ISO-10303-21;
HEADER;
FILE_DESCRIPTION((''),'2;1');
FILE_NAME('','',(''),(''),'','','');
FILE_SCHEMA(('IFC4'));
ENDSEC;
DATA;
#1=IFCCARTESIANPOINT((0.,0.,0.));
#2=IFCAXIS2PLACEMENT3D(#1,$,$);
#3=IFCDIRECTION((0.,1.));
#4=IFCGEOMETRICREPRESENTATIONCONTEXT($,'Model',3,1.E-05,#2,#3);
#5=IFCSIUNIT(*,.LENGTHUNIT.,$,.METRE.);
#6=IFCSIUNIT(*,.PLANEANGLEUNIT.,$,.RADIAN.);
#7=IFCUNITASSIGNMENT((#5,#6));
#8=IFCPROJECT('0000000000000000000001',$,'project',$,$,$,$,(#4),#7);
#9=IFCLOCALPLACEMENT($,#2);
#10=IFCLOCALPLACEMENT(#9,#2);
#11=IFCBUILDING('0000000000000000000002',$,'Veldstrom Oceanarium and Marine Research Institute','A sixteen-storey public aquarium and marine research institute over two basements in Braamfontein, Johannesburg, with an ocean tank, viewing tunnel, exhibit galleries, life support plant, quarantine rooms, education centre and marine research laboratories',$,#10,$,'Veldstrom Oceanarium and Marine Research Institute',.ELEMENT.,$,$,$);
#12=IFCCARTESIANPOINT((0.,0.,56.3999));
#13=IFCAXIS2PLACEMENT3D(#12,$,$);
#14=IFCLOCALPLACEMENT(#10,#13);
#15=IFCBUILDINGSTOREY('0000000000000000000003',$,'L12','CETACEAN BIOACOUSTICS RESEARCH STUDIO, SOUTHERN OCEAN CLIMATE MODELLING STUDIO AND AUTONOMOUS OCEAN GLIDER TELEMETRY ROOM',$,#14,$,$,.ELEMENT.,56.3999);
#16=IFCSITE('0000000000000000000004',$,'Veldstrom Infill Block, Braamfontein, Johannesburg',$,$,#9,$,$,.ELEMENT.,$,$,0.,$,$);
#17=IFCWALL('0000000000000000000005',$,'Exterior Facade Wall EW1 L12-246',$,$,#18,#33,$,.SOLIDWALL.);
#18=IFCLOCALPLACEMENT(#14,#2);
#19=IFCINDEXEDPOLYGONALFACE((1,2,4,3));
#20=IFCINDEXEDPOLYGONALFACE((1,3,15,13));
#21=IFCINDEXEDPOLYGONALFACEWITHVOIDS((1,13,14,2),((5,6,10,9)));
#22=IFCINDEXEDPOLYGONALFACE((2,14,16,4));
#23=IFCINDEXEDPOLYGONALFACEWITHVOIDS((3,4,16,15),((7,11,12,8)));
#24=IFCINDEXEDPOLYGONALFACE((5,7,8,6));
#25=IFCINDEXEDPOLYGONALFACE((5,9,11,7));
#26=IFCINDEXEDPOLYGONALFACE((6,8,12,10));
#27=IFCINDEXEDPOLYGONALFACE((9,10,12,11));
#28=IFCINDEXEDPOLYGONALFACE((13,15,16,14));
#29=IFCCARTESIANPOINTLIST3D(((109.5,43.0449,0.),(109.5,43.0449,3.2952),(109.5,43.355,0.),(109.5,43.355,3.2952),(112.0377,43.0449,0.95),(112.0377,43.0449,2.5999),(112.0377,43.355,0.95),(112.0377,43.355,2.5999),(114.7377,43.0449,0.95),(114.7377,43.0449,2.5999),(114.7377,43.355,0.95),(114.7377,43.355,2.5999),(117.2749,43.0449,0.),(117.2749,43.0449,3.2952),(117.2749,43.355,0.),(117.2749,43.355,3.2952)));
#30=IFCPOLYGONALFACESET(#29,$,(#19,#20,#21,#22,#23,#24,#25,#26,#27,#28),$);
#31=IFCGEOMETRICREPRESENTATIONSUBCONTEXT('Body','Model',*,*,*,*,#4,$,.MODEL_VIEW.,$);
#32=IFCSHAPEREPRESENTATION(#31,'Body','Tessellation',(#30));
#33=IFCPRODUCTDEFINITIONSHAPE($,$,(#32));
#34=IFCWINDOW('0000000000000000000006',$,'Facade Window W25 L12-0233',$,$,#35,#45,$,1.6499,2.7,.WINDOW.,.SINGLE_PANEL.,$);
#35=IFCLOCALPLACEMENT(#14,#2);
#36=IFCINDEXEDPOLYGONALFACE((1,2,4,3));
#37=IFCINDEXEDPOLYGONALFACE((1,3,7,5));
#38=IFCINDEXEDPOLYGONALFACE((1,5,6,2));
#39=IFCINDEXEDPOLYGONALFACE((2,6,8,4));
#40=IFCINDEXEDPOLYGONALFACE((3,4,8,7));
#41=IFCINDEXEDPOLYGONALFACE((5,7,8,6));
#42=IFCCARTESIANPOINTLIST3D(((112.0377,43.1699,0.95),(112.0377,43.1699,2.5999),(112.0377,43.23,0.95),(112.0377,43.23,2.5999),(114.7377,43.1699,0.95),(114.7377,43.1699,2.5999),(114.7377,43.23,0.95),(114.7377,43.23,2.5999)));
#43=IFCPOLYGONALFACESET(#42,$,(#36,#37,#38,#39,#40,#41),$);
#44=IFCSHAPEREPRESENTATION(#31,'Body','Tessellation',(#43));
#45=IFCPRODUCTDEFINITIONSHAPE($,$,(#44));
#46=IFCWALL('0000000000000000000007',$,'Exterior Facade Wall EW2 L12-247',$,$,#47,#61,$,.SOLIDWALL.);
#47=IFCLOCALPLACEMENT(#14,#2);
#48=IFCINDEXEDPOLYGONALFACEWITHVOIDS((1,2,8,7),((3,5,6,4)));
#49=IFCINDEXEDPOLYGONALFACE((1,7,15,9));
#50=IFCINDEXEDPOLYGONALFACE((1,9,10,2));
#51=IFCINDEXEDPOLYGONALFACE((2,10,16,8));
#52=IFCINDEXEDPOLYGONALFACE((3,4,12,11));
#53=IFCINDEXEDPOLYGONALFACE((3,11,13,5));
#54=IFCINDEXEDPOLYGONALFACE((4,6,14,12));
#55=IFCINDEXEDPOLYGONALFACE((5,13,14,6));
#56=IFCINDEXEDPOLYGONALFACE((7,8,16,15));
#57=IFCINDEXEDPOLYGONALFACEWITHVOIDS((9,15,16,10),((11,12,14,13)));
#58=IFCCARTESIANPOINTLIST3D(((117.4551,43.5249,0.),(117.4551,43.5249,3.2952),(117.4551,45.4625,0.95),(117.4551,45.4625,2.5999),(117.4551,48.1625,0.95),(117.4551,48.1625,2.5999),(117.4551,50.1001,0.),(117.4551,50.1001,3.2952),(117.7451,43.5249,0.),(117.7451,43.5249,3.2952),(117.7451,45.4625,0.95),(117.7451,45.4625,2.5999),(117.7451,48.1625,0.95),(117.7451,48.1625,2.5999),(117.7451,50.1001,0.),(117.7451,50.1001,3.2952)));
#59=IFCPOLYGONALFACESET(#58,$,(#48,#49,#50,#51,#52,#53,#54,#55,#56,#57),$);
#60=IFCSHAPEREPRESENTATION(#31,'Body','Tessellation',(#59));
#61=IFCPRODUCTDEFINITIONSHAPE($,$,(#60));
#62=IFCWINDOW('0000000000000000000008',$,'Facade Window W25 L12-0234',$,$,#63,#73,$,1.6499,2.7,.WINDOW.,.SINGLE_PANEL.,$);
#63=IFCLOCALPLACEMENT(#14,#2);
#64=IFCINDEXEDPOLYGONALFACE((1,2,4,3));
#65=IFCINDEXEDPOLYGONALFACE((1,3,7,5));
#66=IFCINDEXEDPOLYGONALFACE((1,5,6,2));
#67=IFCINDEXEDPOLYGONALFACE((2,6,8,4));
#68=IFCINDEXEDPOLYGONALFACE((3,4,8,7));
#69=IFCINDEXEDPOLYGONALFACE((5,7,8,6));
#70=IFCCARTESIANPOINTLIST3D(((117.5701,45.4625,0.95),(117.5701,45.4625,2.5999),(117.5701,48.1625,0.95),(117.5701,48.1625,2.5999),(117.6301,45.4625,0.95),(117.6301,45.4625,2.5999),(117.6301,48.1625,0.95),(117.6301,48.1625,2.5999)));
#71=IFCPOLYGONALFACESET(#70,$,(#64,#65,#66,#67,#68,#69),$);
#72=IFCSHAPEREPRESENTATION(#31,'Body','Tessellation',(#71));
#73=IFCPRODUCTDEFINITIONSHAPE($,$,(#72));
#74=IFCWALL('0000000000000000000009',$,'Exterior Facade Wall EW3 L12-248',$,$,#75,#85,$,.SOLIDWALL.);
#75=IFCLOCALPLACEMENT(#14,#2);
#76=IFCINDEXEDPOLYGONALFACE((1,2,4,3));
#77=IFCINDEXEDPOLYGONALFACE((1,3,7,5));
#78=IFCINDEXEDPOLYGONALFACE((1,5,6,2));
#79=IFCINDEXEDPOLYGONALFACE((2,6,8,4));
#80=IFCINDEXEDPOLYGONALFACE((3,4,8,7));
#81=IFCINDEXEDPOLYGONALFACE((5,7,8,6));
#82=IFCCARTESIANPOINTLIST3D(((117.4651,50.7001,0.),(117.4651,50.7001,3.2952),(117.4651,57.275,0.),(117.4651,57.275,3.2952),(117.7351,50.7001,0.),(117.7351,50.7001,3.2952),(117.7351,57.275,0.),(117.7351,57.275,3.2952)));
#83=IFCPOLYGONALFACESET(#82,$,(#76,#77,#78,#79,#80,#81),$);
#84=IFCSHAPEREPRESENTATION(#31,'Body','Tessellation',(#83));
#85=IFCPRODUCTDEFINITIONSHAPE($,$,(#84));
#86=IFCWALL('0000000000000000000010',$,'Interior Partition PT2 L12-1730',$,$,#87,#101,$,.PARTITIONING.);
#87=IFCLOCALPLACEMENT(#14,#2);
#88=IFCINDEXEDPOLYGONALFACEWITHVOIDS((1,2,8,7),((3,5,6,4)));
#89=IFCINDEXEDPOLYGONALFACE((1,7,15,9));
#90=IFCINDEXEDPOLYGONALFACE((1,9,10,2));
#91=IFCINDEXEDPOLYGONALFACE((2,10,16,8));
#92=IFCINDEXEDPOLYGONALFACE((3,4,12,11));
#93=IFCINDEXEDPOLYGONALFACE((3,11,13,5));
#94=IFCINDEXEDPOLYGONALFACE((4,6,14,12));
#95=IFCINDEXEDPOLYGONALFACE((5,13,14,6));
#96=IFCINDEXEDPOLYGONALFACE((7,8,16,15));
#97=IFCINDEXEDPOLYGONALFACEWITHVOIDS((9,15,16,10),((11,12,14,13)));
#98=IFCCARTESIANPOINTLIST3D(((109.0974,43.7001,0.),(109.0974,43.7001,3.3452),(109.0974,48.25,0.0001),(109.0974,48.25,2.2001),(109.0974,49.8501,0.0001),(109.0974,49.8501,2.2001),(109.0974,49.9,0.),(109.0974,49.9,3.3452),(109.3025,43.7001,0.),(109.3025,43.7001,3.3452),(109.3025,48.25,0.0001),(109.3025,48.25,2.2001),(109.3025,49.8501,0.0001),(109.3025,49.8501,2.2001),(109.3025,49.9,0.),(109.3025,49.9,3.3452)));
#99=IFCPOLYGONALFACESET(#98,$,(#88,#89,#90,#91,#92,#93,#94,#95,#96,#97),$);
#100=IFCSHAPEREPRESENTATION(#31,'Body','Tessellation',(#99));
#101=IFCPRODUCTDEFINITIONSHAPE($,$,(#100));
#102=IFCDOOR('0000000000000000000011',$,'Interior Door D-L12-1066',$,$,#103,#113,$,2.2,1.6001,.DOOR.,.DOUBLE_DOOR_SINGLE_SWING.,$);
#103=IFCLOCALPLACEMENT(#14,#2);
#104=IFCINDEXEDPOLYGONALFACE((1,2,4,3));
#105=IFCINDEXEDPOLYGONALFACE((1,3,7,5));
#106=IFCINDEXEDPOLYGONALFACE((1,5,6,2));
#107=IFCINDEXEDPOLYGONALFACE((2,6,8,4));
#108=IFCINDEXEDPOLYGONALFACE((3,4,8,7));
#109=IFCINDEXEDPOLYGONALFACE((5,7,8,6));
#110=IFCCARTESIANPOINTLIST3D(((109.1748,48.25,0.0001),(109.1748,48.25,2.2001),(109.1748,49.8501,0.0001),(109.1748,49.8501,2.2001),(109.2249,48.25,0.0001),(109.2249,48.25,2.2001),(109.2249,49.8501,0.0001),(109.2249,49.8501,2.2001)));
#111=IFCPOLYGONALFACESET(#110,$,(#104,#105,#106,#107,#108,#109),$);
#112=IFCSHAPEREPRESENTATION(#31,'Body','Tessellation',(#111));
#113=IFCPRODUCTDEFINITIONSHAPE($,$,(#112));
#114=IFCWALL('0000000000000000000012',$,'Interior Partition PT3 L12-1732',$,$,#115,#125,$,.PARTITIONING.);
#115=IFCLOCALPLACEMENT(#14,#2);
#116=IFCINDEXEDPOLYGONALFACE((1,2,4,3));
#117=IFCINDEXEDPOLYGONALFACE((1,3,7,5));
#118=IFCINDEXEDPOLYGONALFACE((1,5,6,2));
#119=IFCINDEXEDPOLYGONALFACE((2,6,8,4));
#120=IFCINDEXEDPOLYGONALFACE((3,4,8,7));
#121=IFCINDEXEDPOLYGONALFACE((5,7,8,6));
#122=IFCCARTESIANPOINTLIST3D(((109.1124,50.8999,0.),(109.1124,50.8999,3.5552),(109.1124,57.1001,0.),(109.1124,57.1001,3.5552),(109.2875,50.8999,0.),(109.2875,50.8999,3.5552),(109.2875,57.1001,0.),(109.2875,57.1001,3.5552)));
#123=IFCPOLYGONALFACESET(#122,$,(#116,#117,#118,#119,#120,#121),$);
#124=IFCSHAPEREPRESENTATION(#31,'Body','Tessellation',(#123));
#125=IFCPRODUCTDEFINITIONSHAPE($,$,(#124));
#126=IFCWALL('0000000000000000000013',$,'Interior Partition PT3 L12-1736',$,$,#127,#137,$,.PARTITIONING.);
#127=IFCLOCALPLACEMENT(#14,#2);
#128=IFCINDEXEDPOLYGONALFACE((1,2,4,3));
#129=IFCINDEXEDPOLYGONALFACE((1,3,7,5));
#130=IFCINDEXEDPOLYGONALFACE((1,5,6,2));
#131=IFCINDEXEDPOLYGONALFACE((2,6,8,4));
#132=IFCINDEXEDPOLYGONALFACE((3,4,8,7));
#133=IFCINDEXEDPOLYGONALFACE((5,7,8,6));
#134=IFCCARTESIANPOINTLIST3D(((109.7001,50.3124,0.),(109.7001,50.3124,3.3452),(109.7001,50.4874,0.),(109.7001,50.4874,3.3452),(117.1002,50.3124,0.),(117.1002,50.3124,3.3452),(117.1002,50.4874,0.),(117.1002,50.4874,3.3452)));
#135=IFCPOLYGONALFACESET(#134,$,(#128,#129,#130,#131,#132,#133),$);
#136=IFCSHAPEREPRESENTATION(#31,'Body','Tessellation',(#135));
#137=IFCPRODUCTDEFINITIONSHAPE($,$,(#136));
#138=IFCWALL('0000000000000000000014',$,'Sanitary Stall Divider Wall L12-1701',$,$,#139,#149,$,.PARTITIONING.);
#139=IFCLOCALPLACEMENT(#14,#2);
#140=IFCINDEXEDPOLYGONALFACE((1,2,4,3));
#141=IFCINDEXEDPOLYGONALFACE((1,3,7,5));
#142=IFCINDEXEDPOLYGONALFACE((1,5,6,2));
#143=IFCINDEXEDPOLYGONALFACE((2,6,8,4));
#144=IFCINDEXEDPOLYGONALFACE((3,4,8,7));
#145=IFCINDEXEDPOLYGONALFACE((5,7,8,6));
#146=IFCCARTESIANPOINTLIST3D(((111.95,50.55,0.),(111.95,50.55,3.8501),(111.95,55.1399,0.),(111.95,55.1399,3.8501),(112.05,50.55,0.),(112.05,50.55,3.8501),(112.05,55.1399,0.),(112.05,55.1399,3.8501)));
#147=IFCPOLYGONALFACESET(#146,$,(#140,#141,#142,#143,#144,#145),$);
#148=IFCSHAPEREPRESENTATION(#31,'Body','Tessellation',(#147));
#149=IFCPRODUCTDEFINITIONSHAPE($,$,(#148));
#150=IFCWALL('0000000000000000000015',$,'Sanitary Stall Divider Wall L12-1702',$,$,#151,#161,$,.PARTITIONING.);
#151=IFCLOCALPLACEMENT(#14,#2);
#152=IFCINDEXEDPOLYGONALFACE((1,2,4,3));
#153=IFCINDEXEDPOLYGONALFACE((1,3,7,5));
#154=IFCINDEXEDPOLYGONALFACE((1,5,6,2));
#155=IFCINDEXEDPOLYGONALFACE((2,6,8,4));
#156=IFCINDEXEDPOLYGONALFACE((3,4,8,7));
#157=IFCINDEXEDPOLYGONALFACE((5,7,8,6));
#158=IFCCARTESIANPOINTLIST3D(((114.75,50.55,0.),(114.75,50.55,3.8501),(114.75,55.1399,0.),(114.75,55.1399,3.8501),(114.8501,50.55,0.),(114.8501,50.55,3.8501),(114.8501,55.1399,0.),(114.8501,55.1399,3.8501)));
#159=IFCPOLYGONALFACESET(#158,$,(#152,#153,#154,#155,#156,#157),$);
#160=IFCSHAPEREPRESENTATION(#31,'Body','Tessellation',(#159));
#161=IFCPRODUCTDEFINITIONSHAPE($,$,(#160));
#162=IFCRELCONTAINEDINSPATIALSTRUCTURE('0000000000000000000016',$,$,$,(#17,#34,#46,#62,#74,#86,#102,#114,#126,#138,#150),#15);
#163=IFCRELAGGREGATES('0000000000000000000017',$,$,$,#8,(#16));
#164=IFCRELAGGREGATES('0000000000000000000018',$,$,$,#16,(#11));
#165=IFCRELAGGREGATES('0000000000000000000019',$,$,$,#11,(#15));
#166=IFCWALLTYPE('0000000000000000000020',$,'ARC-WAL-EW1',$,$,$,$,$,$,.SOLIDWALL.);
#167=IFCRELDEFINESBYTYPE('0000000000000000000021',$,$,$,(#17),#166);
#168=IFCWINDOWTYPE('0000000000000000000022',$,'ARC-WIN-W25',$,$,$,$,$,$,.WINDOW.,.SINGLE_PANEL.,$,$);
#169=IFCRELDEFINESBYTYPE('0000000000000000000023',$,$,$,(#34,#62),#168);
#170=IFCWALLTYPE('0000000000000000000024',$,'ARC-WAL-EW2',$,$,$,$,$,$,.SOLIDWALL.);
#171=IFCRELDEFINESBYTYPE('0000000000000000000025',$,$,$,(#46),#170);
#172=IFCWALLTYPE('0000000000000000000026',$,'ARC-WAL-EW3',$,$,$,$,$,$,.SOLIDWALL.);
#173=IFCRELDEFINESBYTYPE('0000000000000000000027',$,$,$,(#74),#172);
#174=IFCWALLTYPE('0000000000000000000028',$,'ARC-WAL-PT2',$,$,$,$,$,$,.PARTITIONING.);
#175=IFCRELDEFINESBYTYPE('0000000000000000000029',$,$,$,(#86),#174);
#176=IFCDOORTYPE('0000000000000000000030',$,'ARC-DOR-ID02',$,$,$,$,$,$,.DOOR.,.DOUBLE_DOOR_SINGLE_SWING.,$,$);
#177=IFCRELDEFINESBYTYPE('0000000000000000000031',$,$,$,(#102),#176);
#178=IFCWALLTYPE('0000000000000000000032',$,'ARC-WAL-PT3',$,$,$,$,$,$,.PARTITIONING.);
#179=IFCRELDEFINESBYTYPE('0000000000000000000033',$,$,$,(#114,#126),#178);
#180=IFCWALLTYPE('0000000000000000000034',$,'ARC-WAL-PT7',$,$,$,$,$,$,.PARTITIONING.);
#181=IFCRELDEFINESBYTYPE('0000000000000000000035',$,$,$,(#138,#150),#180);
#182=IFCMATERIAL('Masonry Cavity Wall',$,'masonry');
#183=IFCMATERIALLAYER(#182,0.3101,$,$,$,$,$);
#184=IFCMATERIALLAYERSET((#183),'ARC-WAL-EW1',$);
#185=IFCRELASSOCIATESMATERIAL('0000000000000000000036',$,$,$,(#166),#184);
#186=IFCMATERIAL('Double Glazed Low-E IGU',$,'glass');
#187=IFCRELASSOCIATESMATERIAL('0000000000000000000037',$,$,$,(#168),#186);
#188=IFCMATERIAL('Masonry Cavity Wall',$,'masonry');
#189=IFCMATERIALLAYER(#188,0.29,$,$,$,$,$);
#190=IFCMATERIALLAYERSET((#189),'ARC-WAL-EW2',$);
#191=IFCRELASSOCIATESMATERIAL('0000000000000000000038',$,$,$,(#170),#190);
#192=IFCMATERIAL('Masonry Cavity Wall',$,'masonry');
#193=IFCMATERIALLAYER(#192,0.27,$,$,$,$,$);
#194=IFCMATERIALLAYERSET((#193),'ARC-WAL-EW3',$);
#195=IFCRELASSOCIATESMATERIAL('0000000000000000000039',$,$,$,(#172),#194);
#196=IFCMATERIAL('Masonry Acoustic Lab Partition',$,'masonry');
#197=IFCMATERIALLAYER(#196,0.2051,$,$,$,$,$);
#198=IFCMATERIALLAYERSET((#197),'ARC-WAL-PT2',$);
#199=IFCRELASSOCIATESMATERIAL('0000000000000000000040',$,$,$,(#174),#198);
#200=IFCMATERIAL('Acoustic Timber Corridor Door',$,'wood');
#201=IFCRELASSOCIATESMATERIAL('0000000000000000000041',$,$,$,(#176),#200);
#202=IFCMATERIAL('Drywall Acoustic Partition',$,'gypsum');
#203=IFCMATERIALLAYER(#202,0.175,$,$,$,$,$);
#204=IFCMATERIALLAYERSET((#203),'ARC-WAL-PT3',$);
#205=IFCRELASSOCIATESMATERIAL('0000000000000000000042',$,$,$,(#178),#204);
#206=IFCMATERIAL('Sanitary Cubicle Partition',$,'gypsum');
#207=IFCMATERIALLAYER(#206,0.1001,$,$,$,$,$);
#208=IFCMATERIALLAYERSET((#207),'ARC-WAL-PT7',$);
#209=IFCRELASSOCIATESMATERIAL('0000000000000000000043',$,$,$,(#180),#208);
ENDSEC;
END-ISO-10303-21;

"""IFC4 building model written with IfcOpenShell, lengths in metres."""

from ifc_helpers import new_model, si_unit, direction, frame, frame_2d, origin, place, context, subcontext, project, spatial, rectangle, extrude, material, layer, layer_set, type_object, element, fill, save


model = new_model("IFC4")

# Units and contexts
model_context = context("Model", 3, precision=1e-05, world=origin(), true_north=direction((0.0, 1.0)))
body_context = subcontext(model_context, "Body", "Model", "MODEL_VIEW")
ifc_project = project(units=[si_unit("LENGTHUNIT", "METRE"), si_unit("PLANEANGLEUNIT", "RADIAN")], contexts=[model_context])

# Site, building, storey
site_placement = place(None, origin())
site = spatial("IfcSite", under=ifc_project, at=site_placement, Name="Veldstrom Infill Block, Braamfontein, Johannesburg", CompositionType="ELEMENT", RefElevation=0.0)
building_placement = place(site_placement, origin())
building = spatial("IfcBuilding", under=site, at=building_placement, Name="Veldstrom Oceanarium and Marine Research Institute", Description="A sixteen-storey public aquarium and marine research institute over two basements in Braamfontein, Johannesburg, with an ocean tank, viewing tunnel, exhibit galleries, life support plant, quarantine rooms, education centre and marine research laboratories", LongName="Veldstrom Oceanarium and Marine Research Institute", CompositionType="ELEMENT")
storey_placement = place(building_placement, frame((0.0, 0.0, 56.3999)))
storey = spatial("IfcBuildingStorey", under=building, at=storey_placement, Name="L12", Description="CETACEAN BIOACOUSTICS RESEARCH STUDIO, SOUTHERN OCEAN CLIMATE MODELLING STUDIO AND AUTONOMOUS OCEAN GLIDER TELEMETRY ROOM", CompositionType="ELEMENT", Elevation=56.3999)

# Walls, openings, windows
ifc_material_1 = material(Name="Masonry Cavity Wall", Category="masonry")
ifc_layer_1 = layer(ifc_material_1, 0.3101)
ifc_layer_set_1 = layer_set([ifc_layer_1], Name="ARC-WAL-EW1")
wall_type_1 = type_object("IfcWallType", Name="ARC-WAL-EW1", PredefinedType="SOLIDWALL", material=ifc_layer_set_1)
wall_1_placement = place(storey_placement, frame((109.5, 43.2, 0.0), z_axis=(0.0, 0.0, 1.0), x_axis=(1.0, 0.0, 0.0)))
wall_1 = element("IfcWall", 1, at=wall_1_placement, inside=storey, type_object=wall_type_1, Name="Exterior Facade Wall EW1 L12-246", PredefinedType="SOLIDWALL", context=body_context, shape_type="SweptSolid", body=[
    extrude(rectangle(XDim=7.7749, YDim=0.3101, at=frame_2d((3.8875, 0.0))), origin(), (0.0, 0.0, 1.0), 3.2952),
])
opening_1_placement = place(wall_1_placement, frame((2.5376, 0.0, 0.95)))
opening_1 = element("IfcOpeningElement", 2, at=opening_1_placement, cuts=wall_1, PredefinedType="OPENING", context=body_context, shape_type="SweptSolid", body=[
    extrude(rectangle(XDim=2.7, YDim=1.6499, at=frame_2d((1.3501, 0.825))), frame((0.0, 0.165, 0.0), z_axis=(0.0, -1.0, 0.0), x_axis=(1.0, 0.0, 0.0)), (0.0, 0.0, 1.0), 0.3301),
])
ifc_material_2 = material(Name="Double Glazed Low-E IGU", Category="glass")
window_type = type_object("IfcWindowType", Name="ARC-WIN-W25", PartitioningType="SINGLE_PANEL", PredefinedType="WINDOW", material=ifc_material_2)
window_1_placement = place(opening_1_placement, origin())
window_1 = element("IfcWindow", 3, at=window_1_placement, inside=storey, type_object=window_type, Name="Facade Window W25 L12-0233", OverallHeight=1.6499, OverallWidth=2.7, PartitioningType="SINGLE_PANEL", PredefinedType="WINDOW", context=body_context, shape_type="SweptSolid", body=[
    extrude(rectangle(XDim=2.7, YDim=1.6499, at=frame_2d((1.3501, 0.825))), frame((0.0, 0.03, 0.0), z_axis=(0.0, -1.0, 0.0), x_axis=(1.0, 0.0, 0.0)), (0.0, 0.0, 1.0), 0.0601),
])
fill(opening_1, window_1)
ifc_material_3 = material(Name="Masonry Cavity Wall", Category="masonry")
ifc_layer_2 = layer(ifc_material_3, 0.29)
ifc_layer_set_2 = layer_set([ifc_layer_2], Name="ARC-WAL-EW2")
wall_type_2 = type_object("IfcWallType", Name="ARC-WAL-EW2", PredefinedType="SOLIDWALL", material=ifc_layer_set_2)
wall_2_placement = place(storey_placement, frame((117.6001, 43.5249, 0.0), z_axis=(0.0, 0.0, 1.0), x_axis=(0.0, 1.0, 0.0)))
wall_2 = element("IfcWall", 4, at=wall_2_placement, inside=storey, type_object=wall_type_2, Name="Exterior Facade Wall EW2 L12-247", PredefinedType="SOLIDWALL", context=body_context, shape_type="SweptSolid", body=[
    extrude(rectangle(XDim=6.5752, YDim=0.29, at=frame_2d((3.2876, 0.0))), origin(), (0.0, 0.0, 1.0), 3.2952),
])
opening_2_placement = place(wall_2_placement, frame((1.9375, 0.0, 0.95)))
opening_2 = element("IfcOpeningElement", 5, at=opening_2_placement, cuts=wall_2, PredefinedType="OPENING", context=body_context, shape_type="SweptSolid", body=[
    extrude(rectangle(XDim=2.7, YDim=1.6499, at=frame_2d((1.3501, 0.825))), frame((0.0, 0.155, 0.0), z_axis=(0.0, -1.0, 0.0), x_axis=(1.0, 0.0, 0.0)), (0.0, 0.0, 1.0), 0.3101),
])
window_2_placement = place(opening_2_placement, origin())
window_2 = element("IfcWindow", 6, at=window_2_placement, inside=storey, type_object=window_type, Name="Facade Window W25 L12-0234", OverallHeight=1.6499, OverallWidth=2.7, PartitioningType="SINGLE_PANEL", PredefinedType="WINDOW", context=body_context, shape_type="SweptSolid", body=[
    extrude(rectangle(XDim=2.7, YDim=1.6499, at=frame_2d((1.3501, 0.825))), frame((0.0, 0.03, 0.0), z_axis=(0.0, -1.0, 0.0), x_axis=(1.0, 0.0, 0.0)), (0.0, 0.0, 1.0), 0.0601),
])
fill(opening_2, window_2)

# Wall
ifc_material_4 = material(Name="Masonry Cavity Wall", Category="masonry")
ifc_layer_3 = layer(ifc_material_4, 0.27)
ifc_layer_set_3 = layer_set([ifc_layer_3], Name="ARC-WAL-EW3")
wall_type_3 = type_object("IfcWallType", Name="ARC-WAL-EW3", PredefinedType="SOLIDWALL", material=ifc_layer_set_3)
wall_3_placement = place(storey_placement, frame((117.6001, 50.7, 0.0), z_axis=(0.0, 0.0, 1.0), x_axis=(0.0, 1.0, 0.0)))
element("IfcWall", 7, at=wall_3_placement, inside=storey, type_object=wall_type_3, Name="Exterior Facade Wall EW3 L12-248", PredefinedType="SOLIDWALL", context=body_context, shape_type="SweptSolid", body=[
    extrude(rectangle(XDim=6.575, YDim=0.27, at=frame_2d((3.2876, 0.0))), origin(), (0.0, 0.0, 1.0), 3.2952),
])

# Wall, opening, door
ifc_material_5 = material(Name="Masonry Acoustic Lab Partition", Category="masonry")
ifc_layer_4 = layer(ifc_material_5, 0.2051)
ifc_layer_set_4 = layer_set([ifc_layer_4], Name="ARC-WAL-PT2")
wall_type_4 = type_object("IfcWallType", Name="ARC-WAL-PT2", PredefinedType="PARTITIONING", material=ifc_layer_set_4)
wall_4_placement = place(storey_placement, frame((109.2, 43.7, 0.0), z_axis=(0.0, 0.0, 1.0), x_axis=(0.0, 1.0, 0.0)))
wall_4 = element("IfcWall", 8, at=wall_4_placement, inside=storey, type_object=wall_type_4, Name="Interior Partition PT2 L12-1730", PredefinedType="PARTITIONING", context=body_context, shape_type="SweptSolid", body=[
    extrude(rectangle(XDim=6.2, YDim=0.2051, at=frame_2d((3.1001, 0.0))), origin(), (0.0, 0.0, 1.0), 3.3452),
])
opening_3_placement = place(wall_4_placement, frame((4.55, 0.0, 0.0)))
opening_3 = element("IfcOpeningElement", 9, at=opening_3_placement, cuts=wall_4, PredefinedType="OPENING", context=body_context, shape_type="SweptSolid", body=[
    extrude(rectangle(XDim=1.6001, YDim=2.2, at=frame_2d((0.8, 1.1001))), frame((0.0, 0.1125, 0.0), z_axis=(0.0, -1.0, 0.0), x_axis=(1.0, 0.0, 0.0)), (0.0, 0.0, 1.0), 0.2251),
])
ifc_material_6 = material(Name="Acoustic Timber Corridor Door", Category="wood")
door_type = type_object("IfcDoorType", Name="ARC-DOR-ID02", OperationType="DOUBLE_DOOR_SINGLE_SWING", PredefinedType="DOOR", material=ifc_material_6)
door_placement = place(opening_3_placement, frame((1.6001, 0.0, 0.0), z_axis=(0.0, 0.0, 1.0), x_axis=(-1.0, 0.0, 0.0)))
door = element("IfcDoor", 10, at=door_placement, inside=storey, type_object=door_type, Name="Interior Door D-L12-1066", OperationType="DOUBLE_DOOR_SINGLE_SWING", OverallHeight=2.2, OverallWidth=1.6001, PredefinedType="DOOR", context=body_context, shape_type="SweptSolid", body=[
    extrude(rectangle(XDim=1.6001, YDim=2.2, at=frame_2d((0.8, 1.1001))), frame((0.0, 0.0249, 0.0), z_axis=(0.0, -1.0, 0.0), x_axis=(1.0, 0.0, 0.0)), (0.0, 0.0, 1.0), 0.05),
])
fill(opening_3, door)

# Walls
ifc_material_7 = material(Name="Drywall Acoustic Partition", Category="gypsum")
ifc_layer_5 = layer(ifc_material_7, 0.175)
ifc_layer_set_5 = layer_set([ifc_layer_5], Name="ARC-WAL-PT3")
wall_type_5 = type_object("IfcWallType", Name="ARC-WAL-PT3", PredefinedType="PARTITIONING", material=ifc_layer_set_5)
wall_5_placement = place(storey_placement, frame((109.2, 50.8999, 0.0), z_axis=(0.0, 0.0, 1.0), x_axis=(0.0, 1.0, 0.0)))
element("IfcWall", 11, at=wall_5_placement, inside=storey, type_object=wall_type_5, Name="Interior Partition PT3 L12-1732", PredefinedType="PARTITIONING", context=body_context, shape_type="SweptSolid", body=[
    extrude(rectangle(XDim=6.2002, YDim=0.175, at=frame_2d((3.1001, 0.0))), origin(), (0.0, 0.0, 1.0), 3.5552),
])
wall_6_placement = place(storey_placement, frame((109.7, 50.3999, 0.0), z_axis=(0.0, 0.0, 1.0), x_axis=(1.0, 0.0, 0.0)))
element("IfcWall", 12, at=wall_6_placement, inside=storey, type_object=wall_type_5, Name="Interior Partition PT3 L12-1736", PredefinedType="PARTITIONING", context=body_context, shape_type="SweptSolid", body=[
    extrude(rectangle(XDim=7.4001, YDim=0.175, at=frame_2d((3.7002, 0.0))), origin(), (0.0, 0.0, 1.0), 3.3452),
])
ifc_material_8 = material(Name="Sanitary Cubicle Partition", Category="gypsum")
ifc_layer_6 = layer(ifc_material_8, 0.1001)
ifc_layer_set_6 = layer_set([ifc_layer_6], Name="ARC-WAL-PT7")
wall_type_6 = type_object("IfcWallType", Name="ARC-WAL-PT7", PredefinedType="PARTITIONING", material=ifc_layer_set_6)
for number, where, z_axis, x_axis, name in (
    (13, (112.0, 50.55, 0.0), (0.0, 0.0, 1.0), (0.0, 1.0, 0.0), "Sanitary Stall Divider Wall L12-1701"),
    (14, (114.8, 50.55, 0.0), (0.0, 0.0, 1.0), (0.0, 1.0, 0.0), "Sanitary Stall Divider Wall L12-1702"),
):
    element("IfcWall", number, at=place(storey_placement, frame(where, z_axis=z_axis, x_axis=x_axis)), inside=storey, type_object=wall_type_6, Name=name, PredefinedType="PARTITIONING", context=body_context, shape_type="SweptSolid", body=[
        extrude(rectangle(XDim=4.5898, YDim=0.1001, at=frame_2d((2.2949, 0.0))), origin(), (0.0, 0.0, 1.0), 3.8501),
    ])

save(model, "model.ifc")
